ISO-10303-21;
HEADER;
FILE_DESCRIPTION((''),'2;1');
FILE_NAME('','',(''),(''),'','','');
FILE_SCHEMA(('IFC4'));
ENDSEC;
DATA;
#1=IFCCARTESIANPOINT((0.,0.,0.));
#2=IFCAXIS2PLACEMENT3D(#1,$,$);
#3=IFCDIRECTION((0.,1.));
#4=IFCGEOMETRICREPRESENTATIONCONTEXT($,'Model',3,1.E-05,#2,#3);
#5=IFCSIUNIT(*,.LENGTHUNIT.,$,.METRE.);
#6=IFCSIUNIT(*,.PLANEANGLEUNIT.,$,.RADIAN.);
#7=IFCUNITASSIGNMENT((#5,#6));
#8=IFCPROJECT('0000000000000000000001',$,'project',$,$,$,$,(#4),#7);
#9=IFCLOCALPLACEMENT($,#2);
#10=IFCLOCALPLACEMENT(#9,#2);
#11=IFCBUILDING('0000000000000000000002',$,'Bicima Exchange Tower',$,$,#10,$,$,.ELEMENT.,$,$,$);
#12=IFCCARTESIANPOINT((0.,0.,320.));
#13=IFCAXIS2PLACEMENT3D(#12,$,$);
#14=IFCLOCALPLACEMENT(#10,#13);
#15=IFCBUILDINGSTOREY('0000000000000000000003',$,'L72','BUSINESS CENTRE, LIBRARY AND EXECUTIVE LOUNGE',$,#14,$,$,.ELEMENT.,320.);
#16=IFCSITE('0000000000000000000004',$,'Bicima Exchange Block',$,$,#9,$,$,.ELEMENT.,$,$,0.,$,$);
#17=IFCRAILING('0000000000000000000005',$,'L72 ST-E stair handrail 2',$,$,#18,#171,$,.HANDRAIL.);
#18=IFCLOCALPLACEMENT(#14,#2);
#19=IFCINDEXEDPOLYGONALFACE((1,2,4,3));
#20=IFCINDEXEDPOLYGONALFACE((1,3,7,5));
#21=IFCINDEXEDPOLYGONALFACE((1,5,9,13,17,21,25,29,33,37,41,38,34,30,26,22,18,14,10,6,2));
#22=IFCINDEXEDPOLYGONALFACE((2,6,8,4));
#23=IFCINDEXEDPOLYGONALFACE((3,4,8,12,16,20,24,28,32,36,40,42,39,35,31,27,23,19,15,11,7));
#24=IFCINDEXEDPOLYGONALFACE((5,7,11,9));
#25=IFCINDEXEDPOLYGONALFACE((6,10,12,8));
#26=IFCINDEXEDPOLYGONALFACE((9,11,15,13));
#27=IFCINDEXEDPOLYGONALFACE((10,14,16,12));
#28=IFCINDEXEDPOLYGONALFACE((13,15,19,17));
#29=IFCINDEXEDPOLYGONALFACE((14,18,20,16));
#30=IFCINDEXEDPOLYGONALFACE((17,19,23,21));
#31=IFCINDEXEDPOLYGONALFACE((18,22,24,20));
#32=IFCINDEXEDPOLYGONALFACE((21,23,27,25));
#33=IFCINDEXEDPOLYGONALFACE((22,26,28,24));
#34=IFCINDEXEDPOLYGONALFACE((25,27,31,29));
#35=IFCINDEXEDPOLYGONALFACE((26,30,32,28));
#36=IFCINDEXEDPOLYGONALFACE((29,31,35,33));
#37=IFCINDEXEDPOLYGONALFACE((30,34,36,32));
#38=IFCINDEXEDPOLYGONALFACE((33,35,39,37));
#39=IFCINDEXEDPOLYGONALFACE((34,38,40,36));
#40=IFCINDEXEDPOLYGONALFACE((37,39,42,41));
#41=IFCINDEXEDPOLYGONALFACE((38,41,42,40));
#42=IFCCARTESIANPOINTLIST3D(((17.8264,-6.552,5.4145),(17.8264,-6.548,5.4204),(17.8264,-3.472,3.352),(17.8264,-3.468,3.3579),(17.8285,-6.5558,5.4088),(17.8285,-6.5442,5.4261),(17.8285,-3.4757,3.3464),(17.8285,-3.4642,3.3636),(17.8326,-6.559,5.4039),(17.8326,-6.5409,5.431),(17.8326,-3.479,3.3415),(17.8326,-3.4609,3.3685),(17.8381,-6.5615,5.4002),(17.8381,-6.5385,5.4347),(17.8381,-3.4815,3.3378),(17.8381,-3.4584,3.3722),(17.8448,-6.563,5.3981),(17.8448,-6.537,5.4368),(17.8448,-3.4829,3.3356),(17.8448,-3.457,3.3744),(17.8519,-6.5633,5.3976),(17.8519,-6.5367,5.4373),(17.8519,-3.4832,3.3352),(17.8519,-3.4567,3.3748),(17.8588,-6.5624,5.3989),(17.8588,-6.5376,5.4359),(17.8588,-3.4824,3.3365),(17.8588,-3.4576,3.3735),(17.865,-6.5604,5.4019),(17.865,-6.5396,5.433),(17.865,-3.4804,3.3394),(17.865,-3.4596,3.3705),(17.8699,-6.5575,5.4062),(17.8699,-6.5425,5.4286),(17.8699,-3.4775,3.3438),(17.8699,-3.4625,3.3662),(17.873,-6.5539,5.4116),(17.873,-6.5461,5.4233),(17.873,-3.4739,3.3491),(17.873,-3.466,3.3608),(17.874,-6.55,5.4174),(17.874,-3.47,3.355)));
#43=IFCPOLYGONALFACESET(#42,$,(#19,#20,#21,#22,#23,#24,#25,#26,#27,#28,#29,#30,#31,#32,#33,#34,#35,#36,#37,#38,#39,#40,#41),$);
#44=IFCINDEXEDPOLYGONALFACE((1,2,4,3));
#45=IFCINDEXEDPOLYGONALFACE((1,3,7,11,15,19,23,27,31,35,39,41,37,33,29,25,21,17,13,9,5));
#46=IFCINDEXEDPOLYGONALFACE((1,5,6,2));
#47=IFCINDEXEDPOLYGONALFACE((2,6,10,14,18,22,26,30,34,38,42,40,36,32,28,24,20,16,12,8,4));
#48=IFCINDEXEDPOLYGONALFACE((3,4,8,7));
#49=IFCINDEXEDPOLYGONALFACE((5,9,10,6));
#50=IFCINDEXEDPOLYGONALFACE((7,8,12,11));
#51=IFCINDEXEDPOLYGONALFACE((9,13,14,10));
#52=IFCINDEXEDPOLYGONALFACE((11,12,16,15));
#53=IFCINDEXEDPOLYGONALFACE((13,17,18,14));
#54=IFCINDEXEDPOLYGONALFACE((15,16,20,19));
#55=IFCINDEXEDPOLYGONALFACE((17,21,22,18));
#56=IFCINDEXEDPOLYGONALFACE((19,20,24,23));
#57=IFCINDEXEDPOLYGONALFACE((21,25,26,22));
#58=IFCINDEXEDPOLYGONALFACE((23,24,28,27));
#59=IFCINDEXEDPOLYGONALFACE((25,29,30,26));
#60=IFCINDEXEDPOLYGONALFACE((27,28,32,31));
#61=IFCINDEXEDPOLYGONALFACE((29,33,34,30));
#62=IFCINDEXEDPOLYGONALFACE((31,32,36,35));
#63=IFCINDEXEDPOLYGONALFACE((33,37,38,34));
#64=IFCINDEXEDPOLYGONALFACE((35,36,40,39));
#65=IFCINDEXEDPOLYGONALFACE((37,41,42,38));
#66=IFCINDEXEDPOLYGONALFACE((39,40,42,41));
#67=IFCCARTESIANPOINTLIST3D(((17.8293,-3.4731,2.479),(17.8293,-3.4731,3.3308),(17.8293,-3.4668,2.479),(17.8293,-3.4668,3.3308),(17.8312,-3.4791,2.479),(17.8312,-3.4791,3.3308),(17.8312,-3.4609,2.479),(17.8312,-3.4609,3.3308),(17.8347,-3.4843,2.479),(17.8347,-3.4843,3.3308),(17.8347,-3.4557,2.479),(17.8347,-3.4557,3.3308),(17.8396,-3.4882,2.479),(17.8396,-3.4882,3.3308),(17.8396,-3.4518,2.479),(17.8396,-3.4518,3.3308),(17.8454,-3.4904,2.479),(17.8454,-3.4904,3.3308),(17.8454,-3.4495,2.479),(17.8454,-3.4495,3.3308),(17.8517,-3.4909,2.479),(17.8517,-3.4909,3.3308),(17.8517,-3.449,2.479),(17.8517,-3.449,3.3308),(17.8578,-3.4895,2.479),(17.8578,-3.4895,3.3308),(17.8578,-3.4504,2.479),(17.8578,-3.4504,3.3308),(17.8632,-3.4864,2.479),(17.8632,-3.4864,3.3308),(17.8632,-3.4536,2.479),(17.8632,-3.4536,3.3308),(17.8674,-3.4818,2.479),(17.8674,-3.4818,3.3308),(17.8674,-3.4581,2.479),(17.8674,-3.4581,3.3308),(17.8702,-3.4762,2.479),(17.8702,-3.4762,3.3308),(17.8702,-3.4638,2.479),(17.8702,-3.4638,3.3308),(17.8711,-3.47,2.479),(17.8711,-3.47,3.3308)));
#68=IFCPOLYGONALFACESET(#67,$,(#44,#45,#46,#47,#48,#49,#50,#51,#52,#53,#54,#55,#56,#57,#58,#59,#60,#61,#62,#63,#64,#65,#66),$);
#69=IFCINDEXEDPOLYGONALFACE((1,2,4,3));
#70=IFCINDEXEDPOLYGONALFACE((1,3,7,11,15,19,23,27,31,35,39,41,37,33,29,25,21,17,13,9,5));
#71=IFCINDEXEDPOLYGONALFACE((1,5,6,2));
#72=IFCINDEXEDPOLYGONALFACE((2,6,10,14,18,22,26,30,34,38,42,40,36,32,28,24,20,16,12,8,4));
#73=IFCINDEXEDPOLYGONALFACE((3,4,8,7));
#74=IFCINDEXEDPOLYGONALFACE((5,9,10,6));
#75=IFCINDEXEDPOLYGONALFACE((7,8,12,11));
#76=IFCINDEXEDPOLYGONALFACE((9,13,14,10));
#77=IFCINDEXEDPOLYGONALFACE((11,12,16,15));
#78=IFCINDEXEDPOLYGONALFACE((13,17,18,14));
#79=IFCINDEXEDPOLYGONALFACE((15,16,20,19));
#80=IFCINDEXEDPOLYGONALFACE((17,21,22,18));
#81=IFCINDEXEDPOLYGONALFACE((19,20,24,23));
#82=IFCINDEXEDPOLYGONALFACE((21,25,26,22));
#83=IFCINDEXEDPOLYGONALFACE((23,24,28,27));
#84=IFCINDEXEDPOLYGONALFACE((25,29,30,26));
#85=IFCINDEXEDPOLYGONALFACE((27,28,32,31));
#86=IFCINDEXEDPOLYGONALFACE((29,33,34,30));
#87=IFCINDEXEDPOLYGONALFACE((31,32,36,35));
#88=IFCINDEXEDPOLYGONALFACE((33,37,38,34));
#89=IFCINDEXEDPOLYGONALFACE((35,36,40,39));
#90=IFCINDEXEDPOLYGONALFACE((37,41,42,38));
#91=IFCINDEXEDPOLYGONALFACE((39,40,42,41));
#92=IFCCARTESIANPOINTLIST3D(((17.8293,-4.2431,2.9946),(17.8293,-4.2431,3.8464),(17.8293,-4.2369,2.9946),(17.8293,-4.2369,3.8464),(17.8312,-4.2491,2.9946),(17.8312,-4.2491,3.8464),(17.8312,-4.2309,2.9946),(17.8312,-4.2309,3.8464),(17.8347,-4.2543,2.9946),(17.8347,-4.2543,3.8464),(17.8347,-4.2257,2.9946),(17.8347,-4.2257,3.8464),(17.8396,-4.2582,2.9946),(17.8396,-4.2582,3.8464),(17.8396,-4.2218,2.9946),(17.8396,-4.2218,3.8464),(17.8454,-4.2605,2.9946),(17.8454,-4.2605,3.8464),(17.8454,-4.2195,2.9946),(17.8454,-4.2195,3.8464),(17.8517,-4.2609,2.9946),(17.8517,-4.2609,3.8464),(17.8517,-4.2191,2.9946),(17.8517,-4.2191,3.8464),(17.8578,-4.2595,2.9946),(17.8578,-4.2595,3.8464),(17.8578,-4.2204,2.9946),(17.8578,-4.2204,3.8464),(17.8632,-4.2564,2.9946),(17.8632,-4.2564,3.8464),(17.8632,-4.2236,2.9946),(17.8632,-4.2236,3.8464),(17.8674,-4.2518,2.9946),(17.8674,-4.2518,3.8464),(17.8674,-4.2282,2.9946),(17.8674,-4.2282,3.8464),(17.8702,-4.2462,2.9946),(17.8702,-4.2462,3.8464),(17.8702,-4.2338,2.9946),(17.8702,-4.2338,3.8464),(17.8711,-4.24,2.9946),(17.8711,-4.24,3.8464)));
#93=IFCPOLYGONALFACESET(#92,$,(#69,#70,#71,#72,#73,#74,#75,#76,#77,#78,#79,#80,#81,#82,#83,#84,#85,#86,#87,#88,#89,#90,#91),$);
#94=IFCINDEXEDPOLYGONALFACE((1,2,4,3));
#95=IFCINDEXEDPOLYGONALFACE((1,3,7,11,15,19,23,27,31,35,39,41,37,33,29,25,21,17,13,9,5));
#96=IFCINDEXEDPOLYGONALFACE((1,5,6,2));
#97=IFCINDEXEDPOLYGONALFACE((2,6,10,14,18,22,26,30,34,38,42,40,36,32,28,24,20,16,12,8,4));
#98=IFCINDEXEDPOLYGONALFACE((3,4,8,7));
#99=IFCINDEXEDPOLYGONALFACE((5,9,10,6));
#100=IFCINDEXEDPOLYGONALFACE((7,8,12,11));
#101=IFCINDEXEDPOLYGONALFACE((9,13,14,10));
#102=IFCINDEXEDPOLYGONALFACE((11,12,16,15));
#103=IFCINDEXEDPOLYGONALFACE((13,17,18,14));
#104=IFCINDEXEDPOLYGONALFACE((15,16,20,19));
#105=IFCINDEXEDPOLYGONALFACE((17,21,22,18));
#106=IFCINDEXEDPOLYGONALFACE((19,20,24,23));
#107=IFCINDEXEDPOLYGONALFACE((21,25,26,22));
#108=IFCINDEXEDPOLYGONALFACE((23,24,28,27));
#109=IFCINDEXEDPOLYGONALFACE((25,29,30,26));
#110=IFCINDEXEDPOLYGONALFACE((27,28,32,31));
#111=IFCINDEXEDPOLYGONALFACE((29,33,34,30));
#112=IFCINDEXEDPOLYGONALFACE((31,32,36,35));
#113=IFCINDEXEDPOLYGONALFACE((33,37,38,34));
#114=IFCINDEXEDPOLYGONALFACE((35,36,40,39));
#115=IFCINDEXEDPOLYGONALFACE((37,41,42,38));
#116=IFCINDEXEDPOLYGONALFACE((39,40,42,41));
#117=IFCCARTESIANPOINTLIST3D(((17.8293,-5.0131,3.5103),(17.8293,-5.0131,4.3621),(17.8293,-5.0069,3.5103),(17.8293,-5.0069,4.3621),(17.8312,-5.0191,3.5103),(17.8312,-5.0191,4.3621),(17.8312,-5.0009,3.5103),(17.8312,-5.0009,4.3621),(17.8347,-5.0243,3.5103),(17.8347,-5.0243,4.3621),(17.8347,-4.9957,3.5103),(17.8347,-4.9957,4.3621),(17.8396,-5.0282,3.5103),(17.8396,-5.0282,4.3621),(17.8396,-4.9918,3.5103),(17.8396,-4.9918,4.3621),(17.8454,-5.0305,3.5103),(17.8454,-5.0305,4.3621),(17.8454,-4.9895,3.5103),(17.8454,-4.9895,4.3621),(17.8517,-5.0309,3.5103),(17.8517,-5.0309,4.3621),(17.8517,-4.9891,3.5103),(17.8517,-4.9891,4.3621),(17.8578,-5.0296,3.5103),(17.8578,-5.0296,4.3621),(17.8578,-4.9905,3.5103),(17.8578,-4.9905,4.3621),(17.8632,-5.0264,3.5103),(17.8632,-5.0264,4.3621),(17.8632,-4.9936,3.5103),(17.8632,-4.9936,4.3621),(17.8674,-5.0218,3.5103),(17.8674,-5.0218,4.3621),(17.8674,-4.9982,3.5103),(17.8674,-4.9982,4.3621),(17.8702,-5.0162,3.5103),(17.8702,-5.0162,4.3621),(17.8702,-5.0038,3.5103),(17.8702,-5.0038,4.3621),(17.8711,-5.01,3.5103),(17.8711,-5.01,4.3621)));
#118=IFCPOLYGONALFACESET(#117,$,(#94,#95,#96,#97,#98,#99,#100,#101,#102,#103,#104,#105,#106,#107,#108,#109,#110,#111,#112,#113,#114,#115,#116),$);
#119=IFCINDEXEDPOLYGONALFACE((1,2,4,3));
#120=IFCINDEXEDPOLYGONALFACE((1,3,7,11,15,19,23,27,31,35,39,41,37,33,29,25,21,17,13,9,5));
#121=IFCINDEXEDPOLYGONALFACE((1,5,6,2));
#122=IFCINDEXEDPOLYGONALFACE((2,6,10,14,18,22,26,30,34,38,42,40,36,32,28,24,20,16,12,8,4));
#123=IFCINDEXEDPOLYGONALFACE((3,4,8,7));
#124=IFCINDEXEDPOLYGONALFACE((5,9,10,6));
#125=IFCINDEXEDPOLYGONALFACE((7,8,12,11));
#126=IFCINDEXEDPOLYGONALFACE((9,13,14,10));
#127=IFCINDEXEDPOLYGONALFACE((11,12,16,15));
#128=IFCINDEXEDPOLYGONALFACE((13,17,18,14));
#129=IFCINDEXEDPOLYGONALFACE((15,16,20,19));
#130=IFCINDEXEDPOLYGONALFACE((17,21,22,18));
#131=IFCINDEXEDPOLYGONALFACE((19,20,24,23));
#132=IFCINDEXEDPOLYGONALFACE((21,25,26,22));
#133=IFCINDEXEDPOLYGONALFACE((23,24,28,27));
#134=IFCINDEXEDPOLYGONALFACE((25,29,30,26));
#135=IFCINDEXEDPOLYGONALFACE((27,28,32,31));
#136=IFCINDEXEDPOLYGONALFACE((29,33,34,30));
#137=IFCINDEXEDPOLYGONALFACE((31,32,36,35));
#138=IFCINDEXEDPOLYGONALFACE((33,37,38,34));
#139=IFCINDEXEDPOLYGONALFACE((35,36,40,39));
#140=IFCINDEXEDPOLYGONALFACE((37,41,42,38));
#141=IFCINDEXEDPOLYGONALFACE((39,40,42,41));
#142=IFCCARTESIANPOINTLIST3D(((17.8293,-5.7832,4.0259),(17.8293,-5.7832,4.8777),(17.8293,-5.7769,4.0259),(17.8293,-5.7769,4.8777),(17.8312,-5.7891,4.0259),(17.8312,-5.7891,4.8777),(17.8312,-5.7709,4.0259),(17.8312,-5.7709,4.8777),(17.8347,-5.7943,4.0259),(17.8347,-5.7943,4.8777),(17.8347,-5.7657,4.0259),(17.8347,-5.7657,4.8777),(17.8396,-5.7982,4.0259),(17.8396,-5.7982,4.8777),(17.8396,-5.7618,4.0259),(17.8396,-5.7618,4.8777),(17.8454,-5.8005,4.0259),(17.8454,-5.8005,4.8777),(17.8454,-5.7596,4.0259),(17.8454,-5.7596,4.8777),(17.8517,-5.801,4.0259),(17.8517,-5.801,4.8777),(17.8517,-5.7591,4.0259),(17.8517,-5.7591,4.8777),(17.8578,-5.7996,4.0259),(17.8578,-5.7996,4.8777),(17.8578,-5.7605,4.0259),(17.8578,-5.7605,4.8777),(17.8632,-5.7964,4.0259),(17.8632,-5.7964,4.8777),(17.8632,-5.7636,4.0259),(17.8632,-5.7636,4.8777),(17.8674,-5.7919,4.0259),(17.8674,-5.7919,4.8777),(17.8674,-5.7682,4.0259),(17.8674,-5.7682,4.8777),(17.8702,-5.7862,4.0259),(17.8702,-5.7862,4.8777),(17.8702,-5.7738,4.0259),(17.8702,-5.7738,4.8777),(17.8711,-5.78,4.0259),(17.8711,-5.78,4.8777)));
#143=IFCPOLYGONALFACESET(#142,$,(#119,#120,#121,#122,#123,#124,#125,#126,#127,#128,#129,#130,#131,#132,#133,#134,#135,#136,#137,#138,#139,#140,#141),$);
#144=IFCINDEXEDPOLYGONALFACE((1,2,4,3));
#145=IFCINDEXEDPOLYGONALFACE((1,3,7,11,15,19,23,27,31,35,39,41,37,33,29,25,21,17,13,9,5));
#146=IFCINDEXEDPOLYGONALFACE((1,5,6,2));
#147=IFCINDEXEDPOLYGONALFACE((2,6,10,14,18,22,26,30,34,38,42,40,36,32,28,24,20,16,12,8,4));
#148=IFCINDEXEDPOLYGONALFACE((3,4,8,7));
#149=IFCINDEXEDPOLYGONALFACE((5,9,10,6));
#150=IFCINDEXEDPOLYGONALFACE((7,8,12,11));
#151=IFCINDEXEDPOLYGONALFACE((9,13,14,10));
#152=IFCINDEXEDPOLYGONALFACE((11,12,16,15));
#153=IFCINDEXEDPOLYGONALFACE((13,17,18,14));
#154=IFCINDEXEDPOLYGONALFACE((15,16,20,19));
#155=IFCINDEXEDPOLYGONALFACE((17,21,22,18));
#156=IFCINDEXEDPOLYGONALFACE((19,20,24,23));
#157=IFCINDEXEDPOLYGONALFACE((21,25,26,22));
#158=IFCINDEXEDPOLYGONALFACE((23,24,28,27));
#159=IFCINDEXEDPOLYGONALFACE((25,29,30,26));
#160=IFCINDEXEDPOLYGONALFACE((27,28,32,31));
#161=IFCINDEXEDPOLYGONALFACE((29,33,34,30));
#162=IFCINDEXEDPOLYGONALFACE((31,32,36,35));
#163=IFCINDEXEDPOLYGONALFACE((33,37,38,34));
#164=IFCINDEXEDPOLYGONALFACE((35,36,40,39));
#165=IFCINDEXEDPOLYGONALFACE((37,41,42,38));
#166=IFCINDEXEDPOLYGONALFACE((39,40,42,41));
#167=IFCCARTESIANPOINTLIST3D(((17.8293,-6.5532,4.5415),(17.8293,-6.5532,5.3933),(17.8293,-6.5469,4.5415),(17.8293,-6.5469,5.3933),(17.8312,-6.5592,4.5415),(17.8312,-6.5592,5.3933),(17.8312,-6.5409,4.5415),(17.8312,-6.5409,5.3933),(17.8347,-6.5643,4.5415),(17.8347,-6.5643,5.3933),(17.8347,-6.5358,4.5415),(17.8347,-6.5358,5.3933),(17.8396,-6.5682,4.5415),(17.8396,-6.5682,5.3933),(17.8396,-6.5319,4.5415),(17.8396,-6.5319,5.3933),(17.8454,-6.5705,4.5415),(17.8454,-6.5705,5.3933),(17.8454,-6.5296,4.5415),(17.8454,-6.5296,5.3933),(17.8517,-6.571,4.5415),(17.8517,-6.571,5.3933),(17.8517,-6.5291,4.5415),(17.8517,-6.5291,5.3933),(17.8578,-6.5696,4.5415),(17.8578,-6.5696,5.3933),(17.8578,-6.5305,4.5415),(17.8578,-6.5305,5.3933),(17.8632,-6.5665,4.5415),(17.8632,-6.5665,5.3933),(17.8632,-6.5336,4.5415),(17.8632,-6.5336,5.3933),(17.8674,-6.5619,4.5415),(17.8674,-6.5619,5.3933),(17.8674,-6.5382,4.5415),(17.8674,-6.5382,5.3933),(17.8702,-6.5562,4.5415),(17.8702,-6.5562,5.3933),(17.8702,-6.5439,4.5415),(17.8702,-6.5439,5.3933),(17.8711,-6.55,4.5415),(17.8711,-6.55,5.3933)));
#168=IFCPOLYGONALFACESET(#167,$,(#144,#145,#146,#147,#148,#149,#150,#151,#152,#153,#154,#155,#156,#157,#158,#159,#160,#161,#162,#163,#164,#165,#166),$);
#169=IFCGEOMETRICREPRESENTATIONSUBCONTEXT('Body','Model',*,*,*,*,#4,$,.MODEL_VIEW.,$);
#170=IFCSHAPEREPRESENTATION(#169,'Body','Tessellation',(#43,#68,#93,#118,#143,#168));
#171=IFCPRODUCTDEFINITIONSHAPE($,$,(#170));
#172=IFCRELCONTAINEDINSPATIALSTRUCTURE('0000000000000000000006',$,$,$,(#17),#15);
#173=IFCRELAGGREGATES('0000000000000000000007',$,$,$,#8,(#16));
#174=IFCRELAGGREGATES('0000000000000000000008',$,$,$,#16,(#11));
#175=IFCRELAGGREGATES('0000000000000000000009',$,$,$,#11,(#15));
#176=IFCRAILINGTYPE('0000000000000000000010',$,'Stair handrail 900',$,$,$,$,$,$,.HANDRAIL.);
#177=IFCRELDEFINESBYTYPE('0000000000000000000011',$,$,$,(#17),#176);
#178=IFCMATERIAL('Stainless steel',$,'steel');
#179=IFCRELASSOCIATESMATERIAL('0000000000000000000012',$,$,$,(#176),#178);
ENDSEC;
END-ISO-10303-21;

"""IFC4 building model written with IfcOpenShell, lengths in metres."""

from ifc_helpers import new_model, si_unit, direction, frame, origin, origin_2d, place, context, subcontext, project, spatial, circle, extrude, material, type_object, element, save


model = new_model("IFC4")

# Units and contexts
model_context = context("Model", 3, precision=1e-05, world=origin(), true_north=direction((0.0, 1.0)))
body_context = subcontext(model_context, "Body", "Model", "MODEL_VIEW")
ifc_project = project(units=[si_unit("LENGTHUNIT", "METRE"), si_unit("PLANEANGLEUNIT", "RADIAN")], contexts=[model_context])

# Site, building, storey
site_placement = place(None, origin())
site = spatial("IfcSite", under=ifc_project, at=site_placement, Name="Bicima Exchange Block", CompositionType="ELEMENT", RefElevation=0.0)
building_placement = place(site_placement, origin())
building = spatial("IfcBuilding", under=site, at=building_placement, Name="Bicima Exchange Tower", CompositionType="ELEMENT")
storey_placement = place(building_placement, frame((0.0, 0.0, 320.0)))
storey = spatial("IfcBuildingStorey", under=building, at=storey_placement, Name="L72", Description="BUSINESS CENTRE, LIBRARY AND EXECUTIVE LOUNGE", CompositionType="ELEMENT", Elevation=320.0)

# Railing
ifc_material_1 = material(Name="Stainless steel", Category="steel")
railing_type_1 = type_object("IfcRailingType", Name="Stair handrail 900", PredefinedType="HANDRAIL", material=ifc_material_1)
for number, where, name in (
    (1, (17.8501, -3.47, 2.479), "L72 ST-E stair handrail 2"),
):
    element("IfcRailing", number, at=place(storey_placement, frame(where)), inside=storey, type_object=railing_type_1, Name=name, PredefinedType="HANDRAIL", context=body_context, shape_type="SweptSolid", body=[
        extrude(circle(Radius=0.0239, at=origin_2d()), frame((0.0, 0.0, 0.876), z_axis=(0.0, -0.830914, 0.556401), x_axis=(1.0, 0.0, 0.0)), (0.0, 0.0, 1.0), 3.7068),
        extrude(circle(Radius=0.021, at=origin_2d()), origin(), (0.0, 0.0, 1.0), 0.8518),
        extrude(circle(Radius=0.021, at=origin_2d()), frame((0.0, -0.77, 0.5156)), (0.0, 0.0, 1.0), 0.8518),
        extrude(circle(Radius=0.021, at=origin_2d()), frame((0.0, -1.54, 1.0312)), (0.0, 0.0, 1.0), 0.8518),
        extrude(circle(Radius=0.021, at=origin_2d()), frame((0.0, -2.3101, 1.5469)), (0.0, 0.0, 1.0), 0.8518),
        extrude(circle(Radius=0.021, at=origin_2d()), frame((0.0, -3.0801, 2.0625)), (0.0, 0.0, 1.0), 0.8518),
    ])

save(model, "model.ifc")
